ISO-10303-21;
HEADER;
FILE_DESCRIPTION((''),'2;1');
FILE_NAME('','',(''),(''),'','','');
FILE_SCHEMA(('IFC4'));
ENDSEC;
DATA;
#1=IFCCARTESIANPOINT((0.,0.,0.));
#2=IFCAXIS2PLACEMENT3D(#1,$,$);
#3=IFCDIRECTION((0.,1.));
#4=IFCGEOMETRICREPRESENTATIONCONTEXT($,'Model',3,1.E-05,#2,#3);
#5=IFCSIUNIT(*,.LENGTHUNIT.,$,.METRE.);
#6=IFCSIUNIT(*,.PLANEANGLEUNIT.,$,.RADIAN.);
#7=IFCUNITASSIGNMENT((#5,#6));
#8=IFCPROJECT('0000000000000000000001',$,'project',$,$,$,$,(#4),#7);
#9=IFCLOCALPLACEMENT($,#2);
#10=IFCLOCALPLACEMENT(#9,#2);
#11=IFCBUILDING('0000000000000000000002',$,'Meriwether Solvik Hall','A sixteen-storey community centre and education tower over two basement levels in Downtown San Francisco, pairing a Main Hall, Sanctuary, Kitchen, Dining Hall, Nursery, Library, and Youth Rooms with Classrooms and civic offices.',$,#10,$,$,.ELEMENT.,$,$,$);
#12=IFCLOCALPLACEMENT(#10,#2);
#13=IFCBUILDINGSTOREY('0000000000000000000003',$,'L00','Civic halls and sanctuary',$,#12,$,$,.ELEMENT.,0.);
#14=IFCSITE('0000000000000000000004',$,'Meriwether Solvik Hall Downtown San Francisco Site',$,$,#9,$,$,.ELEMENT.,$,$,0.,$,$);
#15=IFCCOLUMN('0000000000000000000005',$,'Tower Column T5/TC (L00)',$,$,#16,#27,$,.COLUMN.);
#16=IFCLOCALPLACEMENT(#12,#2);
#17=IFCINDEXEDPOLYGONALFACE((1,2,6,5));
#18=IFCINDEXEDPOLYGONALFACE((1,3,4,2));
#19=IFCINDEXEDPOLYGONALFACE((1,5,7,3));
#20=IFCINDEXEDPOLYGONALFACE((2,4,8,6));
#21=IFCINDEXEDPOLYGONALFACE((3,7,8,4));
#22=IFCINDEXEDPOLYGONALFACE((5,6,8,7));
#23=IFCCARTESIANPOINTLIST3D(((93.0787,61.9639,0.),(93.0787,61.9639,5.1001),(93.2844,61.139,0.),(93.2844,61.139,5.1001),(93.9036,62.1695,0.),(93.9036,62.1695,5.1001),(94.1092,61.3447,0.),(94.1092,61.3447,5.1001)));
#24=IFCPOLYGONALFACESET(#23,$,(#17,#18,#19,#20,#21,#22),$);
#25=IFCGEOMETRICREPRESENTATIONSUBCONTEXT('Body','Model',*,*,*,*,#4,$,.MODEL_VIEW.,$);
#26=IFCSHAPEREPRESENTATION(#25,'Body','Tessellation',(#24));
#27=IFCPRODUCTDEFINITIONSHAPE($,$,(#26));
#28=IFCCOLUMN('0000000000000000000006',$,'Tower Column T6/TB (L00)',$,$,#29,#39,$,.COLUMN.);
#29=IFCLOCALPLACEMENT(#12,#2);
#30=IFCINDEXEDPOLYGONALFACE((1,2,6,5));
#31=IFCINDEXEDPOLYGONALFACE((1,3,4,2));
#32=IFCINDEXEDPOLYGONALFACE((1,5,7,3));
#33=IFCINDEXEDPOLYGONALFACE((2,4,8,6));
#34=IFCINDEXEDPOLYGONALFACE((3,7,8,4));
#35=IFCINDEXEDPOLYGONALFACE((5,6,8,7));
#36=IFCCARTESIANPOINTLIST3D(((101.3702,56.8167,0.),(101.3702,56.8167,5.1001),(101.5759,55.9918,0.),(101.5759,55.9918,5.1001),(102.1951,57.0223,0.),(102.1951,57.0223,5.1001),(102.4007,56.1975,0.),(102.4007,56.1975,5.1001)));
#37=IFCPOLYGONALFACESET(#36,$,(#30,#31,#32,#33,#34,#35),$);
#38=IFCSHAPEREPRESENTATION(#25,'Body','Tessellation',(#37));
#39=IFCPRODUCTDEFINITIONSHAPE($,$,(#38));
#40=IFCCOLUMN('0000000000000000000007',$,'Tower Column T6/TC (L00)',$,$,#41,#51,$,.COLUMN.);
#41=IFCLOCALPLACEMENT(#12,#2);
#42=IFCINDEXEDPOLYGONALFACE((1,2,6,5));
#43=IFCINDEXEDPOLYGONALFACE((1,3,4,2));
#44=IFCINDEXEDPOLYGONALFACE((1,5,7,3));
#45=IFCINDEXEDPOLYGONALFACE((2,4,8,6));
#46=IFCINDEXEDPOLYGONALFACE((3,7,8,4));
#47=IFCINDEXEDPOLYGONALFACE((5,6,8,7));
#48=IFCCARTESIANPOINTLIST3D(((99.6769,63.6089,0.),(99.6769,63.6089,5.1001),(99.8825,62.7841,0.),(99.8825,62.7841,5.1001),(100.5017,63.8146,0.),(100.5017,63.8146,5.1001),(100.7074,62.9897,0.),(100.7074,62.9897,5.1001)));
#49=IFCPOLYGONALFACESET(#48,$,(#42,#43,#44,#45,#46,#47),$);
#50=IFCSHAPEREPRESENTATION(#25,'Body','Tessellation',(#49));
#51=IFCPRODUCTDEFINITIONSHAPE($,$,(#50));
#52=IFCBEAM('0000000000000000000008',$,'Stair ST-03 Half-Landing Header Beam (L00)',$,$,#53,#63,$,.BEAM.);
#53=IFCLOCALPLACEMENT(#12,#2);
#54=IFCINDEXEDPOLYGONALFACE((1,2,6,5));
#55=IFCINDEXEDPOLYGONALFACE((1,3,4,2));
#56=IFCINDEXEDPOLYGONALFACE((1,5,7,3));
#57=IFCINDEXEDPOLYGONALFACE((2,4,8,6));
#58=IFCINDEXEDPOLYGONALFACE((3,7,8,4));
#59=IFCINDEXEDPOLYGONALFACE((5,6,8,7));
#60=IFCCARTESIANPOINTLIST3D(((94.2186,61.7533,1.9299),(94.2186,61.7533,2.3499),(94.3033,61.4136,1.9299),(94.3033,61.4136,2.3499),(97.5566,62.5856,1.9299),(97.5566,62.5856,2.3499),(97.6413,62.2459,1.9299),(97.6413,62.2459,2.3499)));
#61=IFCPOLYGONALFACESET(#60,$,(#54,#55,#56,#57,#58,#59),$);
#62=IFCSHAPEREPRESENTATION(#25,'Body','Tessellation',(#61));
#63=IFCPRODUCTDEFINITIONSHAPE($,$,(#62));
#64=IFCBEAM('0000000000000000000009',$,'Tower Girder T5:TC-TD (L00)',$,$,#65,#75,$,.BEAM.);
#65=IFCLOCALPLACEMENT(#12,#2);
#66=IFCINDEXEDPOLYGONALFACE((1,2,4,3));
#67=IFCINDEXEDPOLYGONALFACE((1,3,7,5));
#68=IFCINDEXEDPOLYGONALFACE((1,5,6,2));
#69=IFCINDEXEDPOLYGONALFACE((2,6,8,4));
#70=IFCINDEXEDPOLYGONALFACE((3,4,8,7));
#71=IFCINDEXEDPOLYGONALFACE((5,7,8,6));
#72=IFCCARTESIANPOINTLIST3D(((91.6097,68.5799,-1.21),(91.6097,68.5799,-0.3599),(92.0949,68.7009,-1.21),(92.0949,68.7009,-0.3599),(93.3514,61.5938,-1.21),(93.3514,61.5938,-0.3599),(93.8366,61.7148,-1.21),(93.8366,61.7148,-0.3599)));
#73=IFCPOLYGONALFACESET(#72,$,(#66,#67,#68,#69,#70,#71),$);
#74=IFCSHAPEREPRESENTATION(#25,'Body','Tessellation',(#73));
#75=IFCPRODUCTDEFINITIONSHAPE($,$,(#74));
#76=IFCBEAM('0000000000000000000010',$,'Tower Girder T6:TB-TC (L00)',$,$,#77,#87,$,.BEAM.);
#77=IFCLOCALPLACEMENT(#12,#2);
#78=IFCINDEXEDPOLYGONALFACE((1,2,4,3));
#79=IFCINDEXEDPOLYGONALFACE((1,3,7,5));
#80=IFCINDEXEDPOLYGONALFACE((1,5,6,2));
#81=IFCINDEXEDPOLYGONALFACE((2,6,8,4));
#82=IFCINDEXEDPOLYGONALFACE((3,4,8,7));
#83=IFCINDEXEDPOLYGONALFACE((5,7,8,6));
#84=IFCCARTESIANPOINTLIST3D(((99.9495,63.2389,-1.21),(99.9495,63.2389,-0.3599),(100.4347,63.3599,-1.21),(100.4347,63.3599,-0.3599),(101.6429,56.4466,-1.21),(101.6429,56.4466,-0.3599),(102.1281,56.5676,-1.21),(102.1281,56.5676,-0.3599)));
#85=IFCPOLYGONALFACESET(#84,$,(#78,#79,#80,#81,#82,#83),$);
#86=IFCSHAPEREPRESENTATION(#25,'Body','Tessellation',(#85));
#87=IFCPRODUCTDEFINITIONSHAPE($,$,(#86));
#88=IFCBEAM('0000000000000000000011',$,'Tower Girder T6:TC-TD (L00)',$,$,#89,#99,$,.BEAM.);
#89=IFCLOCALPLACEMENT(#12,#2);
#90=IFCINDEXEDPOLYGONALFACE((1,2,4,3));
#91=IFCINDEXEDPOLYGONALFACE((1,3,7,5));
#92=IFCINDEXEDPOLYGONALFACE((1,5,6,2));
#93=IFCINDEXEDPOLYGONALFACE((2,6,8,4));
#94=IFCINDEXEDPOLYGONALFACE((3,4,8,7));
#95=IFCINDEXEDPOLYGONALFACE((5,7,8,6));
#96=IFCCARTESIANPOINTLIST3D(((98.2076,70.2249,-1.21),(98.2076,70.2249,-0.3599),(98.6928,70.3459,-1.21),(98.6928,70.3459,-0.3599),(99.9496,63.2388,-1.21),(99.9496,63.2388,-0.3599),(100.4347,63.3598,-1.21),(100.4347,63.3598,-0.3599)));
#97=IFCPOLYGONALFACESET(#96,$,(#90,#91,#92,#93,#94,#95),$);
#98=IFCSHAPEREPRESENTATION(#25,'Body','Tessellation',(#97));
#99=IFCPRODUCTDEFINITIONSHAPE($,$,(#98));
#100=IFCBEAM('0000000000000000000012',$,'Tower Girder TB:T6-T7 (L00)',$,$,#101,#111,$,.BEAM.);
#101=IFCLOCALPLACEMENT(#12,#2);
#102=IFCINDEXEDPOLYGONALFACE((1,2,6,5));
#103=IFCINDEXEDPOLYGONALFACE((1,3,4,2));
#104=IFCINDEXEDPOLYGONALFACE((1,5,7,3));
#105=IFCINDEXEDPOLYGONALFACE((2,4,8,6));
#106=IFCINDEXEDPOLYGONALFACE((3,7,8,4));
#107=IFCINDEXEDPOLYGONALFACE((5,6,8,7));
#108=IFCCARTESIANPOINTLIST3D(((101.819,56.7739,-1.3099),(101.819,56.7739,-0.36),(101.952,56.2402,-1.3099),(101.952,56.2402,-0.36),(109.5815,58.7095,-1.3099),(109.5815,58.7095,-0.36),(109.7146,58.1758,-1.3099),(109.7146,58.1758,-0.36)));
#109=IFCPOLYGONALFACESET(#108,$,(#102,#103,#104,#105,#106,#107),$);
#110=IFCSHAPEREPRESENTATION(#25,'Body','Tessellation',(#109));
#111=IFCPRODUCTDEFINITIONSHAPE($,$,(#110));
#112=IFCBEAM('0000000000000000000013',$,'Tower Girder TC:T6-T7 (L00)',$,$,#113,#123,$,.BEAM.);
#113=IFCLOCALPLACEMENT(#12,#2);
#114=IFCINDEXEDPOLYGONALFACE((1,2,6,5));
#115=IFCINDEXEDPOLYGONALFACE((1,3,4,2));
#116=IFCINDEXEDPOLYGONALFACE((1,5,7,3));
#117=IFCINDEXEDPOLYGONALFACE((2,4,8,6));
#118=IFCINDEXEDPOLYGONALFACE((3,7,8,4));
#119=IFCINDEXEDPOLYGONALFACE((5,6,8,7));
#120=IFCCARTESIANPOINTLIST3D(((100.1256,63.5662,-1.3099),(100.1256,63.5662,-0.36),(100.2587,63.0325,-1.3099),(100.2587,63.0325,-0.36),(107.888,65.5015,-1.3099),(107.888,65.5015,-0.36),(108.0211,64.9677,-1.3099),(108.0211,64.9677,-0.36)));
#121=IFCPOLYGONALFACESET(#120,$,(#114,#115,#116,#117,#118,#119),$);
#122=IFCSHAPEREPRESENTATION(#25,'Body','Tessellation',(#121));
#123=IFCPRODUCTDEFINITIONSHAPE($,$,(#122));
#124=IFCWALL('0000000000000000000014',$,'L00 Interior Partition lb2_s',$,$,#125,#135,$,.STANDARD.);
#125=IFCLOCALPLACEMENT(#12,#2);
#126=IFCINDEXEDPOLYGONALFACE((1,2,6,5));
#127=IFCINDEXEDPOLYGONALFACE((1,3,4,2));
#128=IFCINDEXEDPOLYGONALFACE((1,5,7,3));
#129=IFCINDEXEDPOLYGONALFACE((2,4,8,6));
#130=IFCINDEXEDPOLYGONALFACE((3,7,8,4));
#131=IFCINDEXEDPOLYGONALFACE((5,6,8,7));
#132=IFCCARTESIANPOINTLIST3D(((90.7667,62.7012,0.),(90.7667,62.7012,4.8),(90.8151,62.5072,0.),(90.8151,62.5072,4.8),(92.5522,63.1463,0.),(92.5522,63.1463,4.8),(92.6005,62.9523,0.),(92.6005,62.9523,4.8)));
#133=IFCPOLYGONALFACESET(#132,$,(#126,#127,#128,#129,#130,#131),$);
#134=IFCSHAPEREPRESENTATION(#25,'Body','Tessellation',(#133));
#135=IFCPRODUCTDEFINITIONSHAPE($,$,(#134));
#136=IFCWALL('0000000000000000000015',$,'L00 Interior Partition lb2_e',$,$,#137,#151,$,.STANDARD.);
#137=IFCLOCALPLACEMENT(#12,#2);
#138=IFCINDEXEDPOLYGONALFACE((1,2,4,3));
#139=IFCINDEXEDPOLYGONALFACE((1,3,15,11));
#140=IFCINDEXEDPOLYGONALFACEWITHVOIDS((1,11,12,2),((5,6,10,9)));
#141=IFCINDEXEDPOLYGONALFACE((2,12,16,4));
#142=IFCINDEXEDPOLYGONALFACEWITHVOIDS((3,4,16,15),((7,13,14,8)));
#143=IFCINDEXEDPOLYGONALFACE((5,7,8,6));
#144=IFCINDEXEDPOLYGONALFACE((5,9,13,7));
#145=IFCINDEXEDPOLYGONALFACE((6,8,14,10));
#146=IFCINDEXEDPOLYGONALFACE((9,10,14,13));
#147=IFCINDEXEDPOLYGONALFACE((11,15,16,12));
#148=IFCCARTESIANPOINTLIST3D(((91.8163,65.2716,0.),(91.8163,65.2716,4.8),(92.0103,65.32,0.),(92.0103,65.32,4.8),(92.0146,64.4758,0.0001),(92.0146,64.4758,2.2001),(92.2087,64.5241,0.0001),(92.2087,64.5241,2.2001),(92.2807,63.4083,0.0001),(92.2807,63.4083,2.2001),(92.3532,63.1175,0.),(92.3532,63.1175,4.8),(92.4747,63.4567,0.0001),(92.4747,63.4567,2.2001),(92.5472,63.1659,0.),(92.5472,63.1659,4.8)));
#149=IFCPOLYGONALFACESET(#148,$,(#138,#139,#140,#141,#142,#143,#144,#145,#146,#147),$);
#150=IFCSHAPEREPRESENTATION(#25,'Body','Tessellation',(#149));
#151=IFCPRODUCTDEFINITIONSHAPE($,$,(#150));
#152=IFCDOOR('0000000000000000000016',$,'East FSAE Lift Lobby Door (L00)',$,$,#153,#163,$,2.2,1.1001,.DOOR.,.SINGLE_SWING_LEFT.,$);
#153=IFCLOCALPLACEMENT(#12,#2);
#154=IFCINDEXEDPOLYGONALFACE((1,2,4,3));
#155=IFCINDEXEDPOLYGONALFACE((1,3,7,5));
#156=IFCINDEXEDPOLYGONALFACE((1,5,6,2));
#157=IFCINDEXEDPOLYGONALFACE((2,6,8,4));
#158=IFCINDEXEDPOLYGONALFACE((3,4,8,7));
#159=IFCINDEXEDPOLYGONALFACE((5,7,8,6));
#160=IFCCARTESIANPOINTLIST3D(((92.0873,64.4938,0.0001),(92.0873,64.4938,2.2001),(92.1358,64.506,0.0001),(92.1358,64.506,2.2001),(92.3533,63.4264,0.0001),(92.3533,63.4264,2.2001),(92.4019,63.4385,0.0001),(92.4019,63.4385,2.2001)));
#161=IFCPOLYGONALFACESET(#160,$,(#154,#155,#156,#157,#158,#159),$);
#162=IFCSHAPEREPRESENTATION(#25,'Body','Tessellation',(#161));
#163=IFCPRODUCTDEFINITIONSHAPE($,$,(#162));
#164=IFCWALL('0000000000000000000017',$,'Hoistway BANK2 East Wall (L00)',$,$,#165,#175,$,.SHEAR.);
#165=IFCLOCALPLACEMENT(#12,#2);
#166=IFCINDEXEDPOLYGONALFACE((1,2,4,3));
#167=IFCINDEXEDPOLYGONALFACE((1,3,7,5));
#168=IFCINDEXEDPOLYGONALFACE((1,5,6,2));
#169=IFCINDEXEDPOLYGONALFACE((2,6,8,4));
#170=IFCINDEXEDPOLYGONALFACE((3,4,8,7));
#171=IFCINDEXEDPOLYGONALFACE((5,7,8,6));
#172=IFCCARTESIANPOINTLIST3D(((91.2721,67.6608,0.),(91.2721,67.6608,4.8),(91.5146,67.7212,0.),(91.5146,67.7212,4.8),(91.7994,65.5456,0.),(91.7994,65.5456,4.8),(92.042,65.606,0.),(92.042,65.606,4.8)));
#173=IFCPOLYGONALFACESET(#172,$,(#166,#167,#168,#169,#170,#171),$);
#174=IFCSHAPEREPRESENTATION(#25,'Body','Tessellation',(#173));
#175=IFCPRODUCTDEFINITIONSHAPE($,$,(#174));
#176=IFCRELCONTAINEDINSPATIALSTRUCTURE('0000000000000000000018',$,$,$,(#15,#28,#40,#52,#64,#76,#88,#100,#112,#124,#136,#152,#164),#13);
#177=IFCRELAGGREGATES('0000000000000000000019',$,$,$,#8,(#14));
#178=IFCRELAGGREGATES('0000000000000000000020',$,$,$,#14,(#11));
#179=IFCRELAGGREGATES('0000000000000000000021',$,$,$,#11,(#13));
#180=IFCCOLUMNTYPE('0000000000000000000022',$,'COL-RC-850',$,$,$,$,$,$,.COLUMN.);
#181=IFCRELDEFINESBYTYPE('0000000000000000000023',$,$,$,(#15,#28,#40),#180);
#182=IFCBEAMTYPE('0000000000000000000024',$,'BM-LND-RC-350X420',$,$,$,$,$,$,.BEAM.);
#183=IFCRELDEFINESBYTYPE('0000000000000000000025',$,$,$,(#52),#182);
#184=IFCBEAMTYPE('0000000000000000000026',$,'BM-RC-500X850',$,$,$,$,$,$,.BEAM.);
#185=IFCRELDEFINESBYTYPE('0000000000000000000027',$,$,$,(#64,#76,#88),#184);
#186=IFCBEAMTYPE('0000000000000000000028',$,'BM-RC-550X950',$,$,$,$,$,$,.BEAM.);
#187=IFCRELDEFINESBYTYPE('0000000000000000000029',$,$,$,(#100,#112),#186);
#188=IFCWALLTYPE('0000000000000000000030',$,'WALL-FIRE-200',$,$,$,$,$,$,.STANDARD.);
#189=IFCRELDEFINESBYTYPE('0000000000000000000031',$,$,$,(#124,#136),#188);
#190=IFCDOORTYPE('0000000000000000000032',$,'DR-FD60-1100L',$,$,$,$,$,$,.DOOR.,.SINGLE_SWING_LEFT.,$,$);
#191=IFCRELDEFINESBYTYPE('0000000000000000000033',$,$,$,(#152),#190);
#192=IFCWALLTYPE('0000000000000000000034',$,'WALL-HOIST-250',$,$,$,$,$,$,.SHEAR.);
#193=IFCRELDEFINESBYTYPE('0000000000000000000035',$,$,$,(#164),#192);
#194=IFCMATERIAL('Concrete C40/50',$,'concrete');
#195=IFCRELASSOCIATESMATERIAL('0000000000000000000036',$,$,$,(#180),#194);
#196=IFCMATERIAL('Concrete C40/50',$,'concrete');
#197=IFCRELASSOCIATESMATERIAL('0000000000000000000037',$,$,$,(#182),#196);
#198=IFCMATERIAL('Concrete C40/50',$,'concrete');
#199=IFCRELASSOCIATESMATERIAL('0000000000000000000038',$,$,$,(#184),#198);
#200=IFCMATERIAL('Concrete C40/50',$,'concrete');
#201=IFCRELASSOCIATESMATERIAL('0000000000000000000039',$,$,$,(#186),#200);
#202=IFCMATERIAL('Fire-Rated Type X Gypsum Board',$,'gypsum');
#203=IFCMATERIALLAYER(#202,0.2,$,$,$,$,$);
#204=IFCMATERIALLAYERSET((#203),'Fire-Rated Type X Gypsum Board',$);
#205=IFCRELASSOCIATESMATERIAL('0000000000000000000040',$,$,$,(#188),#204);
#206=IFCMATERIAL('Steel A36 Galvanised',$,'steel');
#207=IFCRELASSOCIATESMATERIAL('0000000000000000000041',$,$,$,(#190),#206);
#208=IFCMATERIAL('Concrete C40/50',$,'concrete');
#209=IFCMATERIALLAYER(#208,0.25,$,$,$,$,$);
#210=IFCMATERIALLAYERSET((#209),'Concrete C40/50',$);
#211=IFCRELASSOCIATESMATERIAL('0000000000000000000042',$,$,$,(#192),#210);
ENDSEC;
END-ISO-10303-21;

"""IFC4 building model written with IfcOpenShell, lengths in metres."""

from ifc_helpers import new_model, si_unit, direction, frame, frame_2d, origin, origin_2d, place, context, subcontext, project, spatial, rectangle, extrude, material, layer, layer_set, material_profile, profile_set, type_object, element, fill, save


model = new_model("IFC4")

# Units and contexts
model_context = context("Model", 3, precision=1e-05, world=origin(), true_north=direction((0.0, 1.0)))
body_context = subcontext(model_context, "Body", "Model", "MODEL_VIEW")
ifc_project = project(units=[si_unit("LENGTHUNIT", "METRE"), si_unit("PLANEANGLEUNIT", "RADIAN")], contexts=[model_context])

# Site, building, storey
site_placement = place(None, origin())
site = spatial("IfcSite", under=ifc_project, at=site_placement, Name="Meriwether Solvik Hall Downtown San Francisco Site", CompositionType="ELEMENT", RefElevation=0.0)
building_placement = place(site_placement, origin())
building = spatial("IfcBuilding", under=site, at=building_placement, Name="Meriwether Solvik Hall", Description="A sixteen-storey community centre and education tower over two basement levels in Downtown San Francisco, pairing a Main Hall, Sanctuary, Kitchen, Dining Hall, Nursery, Library, and Youth Rooms with Classrooms and civic offices.", CompositionType="ELEMENT")
storey_placement = place(building_placement, origin())
storey = spatial("IfcBuildingStorey", under=building, at=storey_placement, Name="L00", Description="Civic halls and sanctuary", CompositionType="ELEMENT", Elevation=0.0)

# Columns
ifc_material_1 = material(Name="Concrete C40/50", Category="concrete")
ifc_material_profile_1 = material_profile(ifc_material_1, rectangle(XDim=0.8501, YDim=0.8501, at=origin_2d()), Name="RCC-850X850")
ifc_profile_set_1 = profile_set([ifc_material_profile_1], Name="Concrete C40/50")
column_type = type_object("IfcColumnType", Name="COL-RC-850", PredefinedType="COLUMN", material=ifc_profile_set_1)
for number, where, z_axis, x_axis, name in (
    (1, (93.594, 61.6543, 0.0), (0.0, 0.0, 1.0), (0.970296, 0.241922, 0.0), "Tower Column T5/TC (L00)"),
    (2, (101.8855, 56.5071, 0.0), (0.0, 0.0, 1.0), (0.970296, 0.241922, 0.0), "Tower Column T6/TB (L00)"),
    (3, (100.1921, 63.2993, 0.0), (0.0, 0.0, 1.0), (0.970296, 0.241922, 0.0), "Tower Column T6/TC (L00)"),
):
    element("IfcColumn", number, at=place(storey_placement, frame(where, z_axis=z_axis, x_axis=x_axis)), inside=storey, type_object=column_type, Name=name, PredefinedType="COLUMN", context=body_context, shape_type="SweptSolid", body=[
        extrude(rectangle(XDim=0.8501, YDim=0.8501, at=origin_2d()), origin(), (0.0, 0.0, 1.0), 5.1001),
    ])

# Beams
ifc_material_2 = material(Name="Concrete C40/50", Category="concrete")
ifc_material_profile_2 = material_profile(ifc_material_2, rectangle(XDim=0.3501, YDim=0.4199, at=origin_2d()), Name="RCB-350X420")
ifc_profile_set_2 = profile_set([ifc_material_profile_2], Name="Concrete C40/50")
beam_type_1 = type_object("IfcBeamType", Name="BM-LND-RC-350X420", PredefinedType="BEAM", material=ifc_profile_set_2)
beam_1_placement = place(storey_placement, frame((94.261, 61.5835, 2.1399), z_axis=(0.970293, 0.241934, 0.0), x_axis=(-0.241934, 0.970293, 0.0)))
element("IfcBeam", 4, at=beam_1_placement, inside=storey, type_object=beam_type_1, Name="Stair ST-03 Half-Landing Header Beam (L00)", PredefinedType="BEAM", context=body_context, shape_type="SweptSolid", body=[
    extrude(rectangle(XDim=0.3501, YDim=0.4199, at=origin_2d()), origin(), (0.0, 0.0, 1.0), 3.4402),
])
ifc_material_3 = material(Name="Concrete C40/50", Category="concrete")
ifc_material_profile_3 = material_profile(ifc_material_3, rectangle(XDim=0.5, YDim=0.8501, at=origin_2d()), Name="RCB-500X850")
ifc_profile_set_3 = profile_set([ifc_material_profile_3], Name="Concrete C40/50")
beam_type_2 = type_object("IfcBeamType", Name="BM-RC-500X850", PredefinedType="BEAM", material=ifc_profile_set_3)
beam_2_placement = place(storey_placement, frame((93.594, 61.6543, -0.7849), z_axis=(-0.241905, 0.9703, 0.0), x_axis=(-0.9703, -0.241905, 0.0)))
element("IfcBeam", 5, at=beam_2_placement, inside=storey, type_object=beam_type_2, Name="Tower Girder T5:TC-TD (L00)", PredefinedType="BEAM", context=body_context, shape_type="SweptSolid", body=[
    extrude(rectangle(XDim=0.5, YDim=0.8501, at=origin_2d()), origin(), (0.0, 0.0, 1.0), 7.2),
])
beam_3_placement = place(storey_placement, frame((101.8855, 56.5071, -0.7849), z_axis=(-0.241904, 0.9703, 0.0), x_axis=(-0.9703, -0.241904, 0.0)))
element("IfcBeam", 6, at=beam_3_placement, inside=storey, type_object=beam_type_2, Name="Tower Girder T6:TB-TC (L00)", PredefinedType="BEAM", context=body_context, shape_type="SweptSolid", body=[
    extrude(rectangle(XDim=0.5, YDim=0.8501, at=origin_2d()), origin(), (0.0, 0.0, 1.0), 7.0002),
])
beam_4_placement = place(storey_placement, frame((100.1921, 63.2993, -0.7849), z_axis=(-0.241937, 0.970292, 0.0), x_axis=(-0.970292, -0.241937, 0.0)))
element("IfcBeam", 7, at=beam_4_placement, inside=storey, type_object=beam_type_2, Name="Tower Girder T6:TC-TD (L00)", PredefinedType="BEAM", context=body_context, shape_type="SweptSolid", body=[
    extrude(rectangle(XDim=0.5, YDim=0.8501, at=origin_2d()), origin(), (0.0, 0.0, 1.0), 7.2),
])
ifc_material_4 = material(Name="Concrete C40/50", Category="concrete")
ifc_material_profile_4 = material_profile(ifc_material_4, rectangle(XDim=0.55, YDim=0.95, at=origin_2d()), Name="RCB-550X950")
ifc_profile_set_4 = profile_set([ifc_material_profile_4], Name="Concrete C40/50")
beam_type_3 = type_object("IfcBeamType", Name="BM-RC-550X950", PredefinedType="BEAM", material=ifc_profile_set_4)
beam_5_placement = place(storey_placement, frame((101.8855, 56.5071, -0.835), z_axis=(0.970291, 0.24194, 0.0), x_axis=(-0.24194, 0.970291, 0.0)))
element("IfcBeam", 8, at=beam_5_placement, inside=storey, type_object=beam_type_3, Name="Tower Girder TB:T6-T7 (L00)", PredefinedType="BEAM", context=body_context, shape_type="SweptSolid", body=[
    extrude(rectangle(XDim=0.55, YDim=0.95, at=origin_2d()), origin(), (0.0, 0.0, 1.0), 8.0002),
])
beam_6_placement = place(storey_placement, frame((100.1921, 63.2993, -0.835), z_axis=(0.970298, 0.241911, 0.0), x_axis=(-0.241911, 0.970298, 0.0)))
element("IfcBeam", 9, at=beam_6_placement, inside=storey, type_object=beam_type_3, Name="Tower Girder TC:T6-T7 (L00)", PredefinedType="BEAM", context=body_context, shape_type="SweptSolid", body=[
    extrude(rectangle(XDim=0.55, YDim=0.95, at=origin_2d()), origin(), (0.0, 0.0, 1.0), 8.0),
])

# Wall
ifc_material_5 = material(Name="Fire-Rated Type X Gypsum Board", Category="gypsum")
ifc_layer_1 = layer(ifc_material_5, 0.2)
ifc_layer_set_1 = layer_set([ifc_layer_1], Name="Fire-Rated Type X Gypsum Board")
wall_type_1 = type_object("IfcWallType", Name="WALL-FIRE-200", PredefinedType="STANDARD", material=ifc_layer_set_1)
wall_1_placement = place(storey_placement, frame((90.791, 62.6042, 0.0), z_axis=(0.0, 0.0, 1.0), x_axis=(0.970306, 0.24188, 0.0)))
element("IfcWall", 10, at=wall_1_placement, inside=storey, type_object=wall_type_1, Name="L00 Interior Partition lb2_s", PredefinedType="STANDARD", context=body_context, shape_type="SweptSolid", body=[
    extrude(rectangle(XDim=1.8401, YDim=0.2, at=frame_2d((0.9199, 0.0))), origin(), (0.0, 0.0, 1.0), 4.8),
])

# Wall, opening, door
wall_2_placement = place(storey_placement, frame((91.9133, 65.2957, 0.0), z_axis=(0.0, 0.0, 1.0), x_axis=(0.241837, -0.970317, 0.0)))
wall_2 = element("IfcWall", 11, at=wall_2_placement, inside=storey, type_object=wall_type_1, Name="L00 Interior Partition lb2_e", PredefinedType="STANDARD", context=body_context, shape_type="SweptSolid", body=[
    extrude(rectangle(XDim=2.22, YDim=0.2, at=frame_2d((1.1099, 0.0))), origin(), (0.0, 0.0, 1.0), 4.8),
])
opening_1_placement = place(wall_2_placement, frame((0.8201, 0.0, 0.0)))
opening_1 = element("IfcOpeningElement", 12, at=opening_1_placement, cuts=wall_2, PredefinedType="OPENING", context=body_context, shape_type="SweptSolid", body=[
    extrude(rectangle(XDim=1.1001, YDim=2.2, at=frame_2d((0.55, 1.1001))), frame((0.0, 0.1118, 0.0), z_axis=(0.0, -1.0, 0.0), x_axis=(1.0, 0.0, 0.0)), (0.0, 0.0, 1.0), 0.2239),
])
ifc_material_6 = material(Name="Steel A36 Galvanised", Category="steel")
door_type_1 = type_object("IfcDoorType", Name="DR-FD60-1100L", OperationType="SINGLE_SWING_LEFT", PredefinedType="DOOR", material=ifc_material_6)
door_1_placement = place(opening_1_placement, origin())
door_1 = element("IfcDoor", 13, at=door_1_placement, inside=storey, type_object=door_type_1, Name="East FSAE Lift Lobby Door (L00)", OperationType="SINGLE_SWING_LEFT", OverallHeight=2.2, OverallWidth=1.1001, PredefinedType="DOOR", context=body_context, shape_type="SweptSolid", body=[
    extrude(rectangle(XDim=1.1001, YDim=2.2, at=frame_2d((0.55, 1.1001))), frame((0.0, 0.0249, 0.0), z_axis=(0.0, -1.0, 0.0), x_axis=(1.0, 0.0, 0.0)), (0.0, 0.0, 1.0), 0.05),
])
fill(opening_1, door_1)

# Wall
ifc_material_7 = material(Name="Concrete C40/50", Category="concrete")
ifc_layer_2 = layer(ifc_material_7, 0.25)
ifc_layer_set_2 = layer_set([ifc_layer_2], Name="Concrete C40/50")
wall_type_2 = type_object("IfcWallType", Name="WALL-HOIST-250", PredefinedType="SHEAR", material=ifc_layer_set_2)
wall_3_placement = place(storey_placement, frame((91.9207, 65.5759, 0.0), z_axis=(0.0, 0.0, 1.0), x_axis=(-0.241903, 0.9703, 0.0)))
element("IfcWall", 14, at=wall_3_placement, inside=storey, type_object=wall_type_2, Name="Hoistway BANK2 East Wall (L00)", PredefinedType="SHEAR", context=body_context, shape_type="SweptSolid", body=[
    extrude(rectangle(XDim=2.1799, YDim=0.25, at=frame_2d((1.0898, 0.0))), origin(), (0.0, 0.0, 1.0), 4.8),
])

save(model, "model.ifc")
